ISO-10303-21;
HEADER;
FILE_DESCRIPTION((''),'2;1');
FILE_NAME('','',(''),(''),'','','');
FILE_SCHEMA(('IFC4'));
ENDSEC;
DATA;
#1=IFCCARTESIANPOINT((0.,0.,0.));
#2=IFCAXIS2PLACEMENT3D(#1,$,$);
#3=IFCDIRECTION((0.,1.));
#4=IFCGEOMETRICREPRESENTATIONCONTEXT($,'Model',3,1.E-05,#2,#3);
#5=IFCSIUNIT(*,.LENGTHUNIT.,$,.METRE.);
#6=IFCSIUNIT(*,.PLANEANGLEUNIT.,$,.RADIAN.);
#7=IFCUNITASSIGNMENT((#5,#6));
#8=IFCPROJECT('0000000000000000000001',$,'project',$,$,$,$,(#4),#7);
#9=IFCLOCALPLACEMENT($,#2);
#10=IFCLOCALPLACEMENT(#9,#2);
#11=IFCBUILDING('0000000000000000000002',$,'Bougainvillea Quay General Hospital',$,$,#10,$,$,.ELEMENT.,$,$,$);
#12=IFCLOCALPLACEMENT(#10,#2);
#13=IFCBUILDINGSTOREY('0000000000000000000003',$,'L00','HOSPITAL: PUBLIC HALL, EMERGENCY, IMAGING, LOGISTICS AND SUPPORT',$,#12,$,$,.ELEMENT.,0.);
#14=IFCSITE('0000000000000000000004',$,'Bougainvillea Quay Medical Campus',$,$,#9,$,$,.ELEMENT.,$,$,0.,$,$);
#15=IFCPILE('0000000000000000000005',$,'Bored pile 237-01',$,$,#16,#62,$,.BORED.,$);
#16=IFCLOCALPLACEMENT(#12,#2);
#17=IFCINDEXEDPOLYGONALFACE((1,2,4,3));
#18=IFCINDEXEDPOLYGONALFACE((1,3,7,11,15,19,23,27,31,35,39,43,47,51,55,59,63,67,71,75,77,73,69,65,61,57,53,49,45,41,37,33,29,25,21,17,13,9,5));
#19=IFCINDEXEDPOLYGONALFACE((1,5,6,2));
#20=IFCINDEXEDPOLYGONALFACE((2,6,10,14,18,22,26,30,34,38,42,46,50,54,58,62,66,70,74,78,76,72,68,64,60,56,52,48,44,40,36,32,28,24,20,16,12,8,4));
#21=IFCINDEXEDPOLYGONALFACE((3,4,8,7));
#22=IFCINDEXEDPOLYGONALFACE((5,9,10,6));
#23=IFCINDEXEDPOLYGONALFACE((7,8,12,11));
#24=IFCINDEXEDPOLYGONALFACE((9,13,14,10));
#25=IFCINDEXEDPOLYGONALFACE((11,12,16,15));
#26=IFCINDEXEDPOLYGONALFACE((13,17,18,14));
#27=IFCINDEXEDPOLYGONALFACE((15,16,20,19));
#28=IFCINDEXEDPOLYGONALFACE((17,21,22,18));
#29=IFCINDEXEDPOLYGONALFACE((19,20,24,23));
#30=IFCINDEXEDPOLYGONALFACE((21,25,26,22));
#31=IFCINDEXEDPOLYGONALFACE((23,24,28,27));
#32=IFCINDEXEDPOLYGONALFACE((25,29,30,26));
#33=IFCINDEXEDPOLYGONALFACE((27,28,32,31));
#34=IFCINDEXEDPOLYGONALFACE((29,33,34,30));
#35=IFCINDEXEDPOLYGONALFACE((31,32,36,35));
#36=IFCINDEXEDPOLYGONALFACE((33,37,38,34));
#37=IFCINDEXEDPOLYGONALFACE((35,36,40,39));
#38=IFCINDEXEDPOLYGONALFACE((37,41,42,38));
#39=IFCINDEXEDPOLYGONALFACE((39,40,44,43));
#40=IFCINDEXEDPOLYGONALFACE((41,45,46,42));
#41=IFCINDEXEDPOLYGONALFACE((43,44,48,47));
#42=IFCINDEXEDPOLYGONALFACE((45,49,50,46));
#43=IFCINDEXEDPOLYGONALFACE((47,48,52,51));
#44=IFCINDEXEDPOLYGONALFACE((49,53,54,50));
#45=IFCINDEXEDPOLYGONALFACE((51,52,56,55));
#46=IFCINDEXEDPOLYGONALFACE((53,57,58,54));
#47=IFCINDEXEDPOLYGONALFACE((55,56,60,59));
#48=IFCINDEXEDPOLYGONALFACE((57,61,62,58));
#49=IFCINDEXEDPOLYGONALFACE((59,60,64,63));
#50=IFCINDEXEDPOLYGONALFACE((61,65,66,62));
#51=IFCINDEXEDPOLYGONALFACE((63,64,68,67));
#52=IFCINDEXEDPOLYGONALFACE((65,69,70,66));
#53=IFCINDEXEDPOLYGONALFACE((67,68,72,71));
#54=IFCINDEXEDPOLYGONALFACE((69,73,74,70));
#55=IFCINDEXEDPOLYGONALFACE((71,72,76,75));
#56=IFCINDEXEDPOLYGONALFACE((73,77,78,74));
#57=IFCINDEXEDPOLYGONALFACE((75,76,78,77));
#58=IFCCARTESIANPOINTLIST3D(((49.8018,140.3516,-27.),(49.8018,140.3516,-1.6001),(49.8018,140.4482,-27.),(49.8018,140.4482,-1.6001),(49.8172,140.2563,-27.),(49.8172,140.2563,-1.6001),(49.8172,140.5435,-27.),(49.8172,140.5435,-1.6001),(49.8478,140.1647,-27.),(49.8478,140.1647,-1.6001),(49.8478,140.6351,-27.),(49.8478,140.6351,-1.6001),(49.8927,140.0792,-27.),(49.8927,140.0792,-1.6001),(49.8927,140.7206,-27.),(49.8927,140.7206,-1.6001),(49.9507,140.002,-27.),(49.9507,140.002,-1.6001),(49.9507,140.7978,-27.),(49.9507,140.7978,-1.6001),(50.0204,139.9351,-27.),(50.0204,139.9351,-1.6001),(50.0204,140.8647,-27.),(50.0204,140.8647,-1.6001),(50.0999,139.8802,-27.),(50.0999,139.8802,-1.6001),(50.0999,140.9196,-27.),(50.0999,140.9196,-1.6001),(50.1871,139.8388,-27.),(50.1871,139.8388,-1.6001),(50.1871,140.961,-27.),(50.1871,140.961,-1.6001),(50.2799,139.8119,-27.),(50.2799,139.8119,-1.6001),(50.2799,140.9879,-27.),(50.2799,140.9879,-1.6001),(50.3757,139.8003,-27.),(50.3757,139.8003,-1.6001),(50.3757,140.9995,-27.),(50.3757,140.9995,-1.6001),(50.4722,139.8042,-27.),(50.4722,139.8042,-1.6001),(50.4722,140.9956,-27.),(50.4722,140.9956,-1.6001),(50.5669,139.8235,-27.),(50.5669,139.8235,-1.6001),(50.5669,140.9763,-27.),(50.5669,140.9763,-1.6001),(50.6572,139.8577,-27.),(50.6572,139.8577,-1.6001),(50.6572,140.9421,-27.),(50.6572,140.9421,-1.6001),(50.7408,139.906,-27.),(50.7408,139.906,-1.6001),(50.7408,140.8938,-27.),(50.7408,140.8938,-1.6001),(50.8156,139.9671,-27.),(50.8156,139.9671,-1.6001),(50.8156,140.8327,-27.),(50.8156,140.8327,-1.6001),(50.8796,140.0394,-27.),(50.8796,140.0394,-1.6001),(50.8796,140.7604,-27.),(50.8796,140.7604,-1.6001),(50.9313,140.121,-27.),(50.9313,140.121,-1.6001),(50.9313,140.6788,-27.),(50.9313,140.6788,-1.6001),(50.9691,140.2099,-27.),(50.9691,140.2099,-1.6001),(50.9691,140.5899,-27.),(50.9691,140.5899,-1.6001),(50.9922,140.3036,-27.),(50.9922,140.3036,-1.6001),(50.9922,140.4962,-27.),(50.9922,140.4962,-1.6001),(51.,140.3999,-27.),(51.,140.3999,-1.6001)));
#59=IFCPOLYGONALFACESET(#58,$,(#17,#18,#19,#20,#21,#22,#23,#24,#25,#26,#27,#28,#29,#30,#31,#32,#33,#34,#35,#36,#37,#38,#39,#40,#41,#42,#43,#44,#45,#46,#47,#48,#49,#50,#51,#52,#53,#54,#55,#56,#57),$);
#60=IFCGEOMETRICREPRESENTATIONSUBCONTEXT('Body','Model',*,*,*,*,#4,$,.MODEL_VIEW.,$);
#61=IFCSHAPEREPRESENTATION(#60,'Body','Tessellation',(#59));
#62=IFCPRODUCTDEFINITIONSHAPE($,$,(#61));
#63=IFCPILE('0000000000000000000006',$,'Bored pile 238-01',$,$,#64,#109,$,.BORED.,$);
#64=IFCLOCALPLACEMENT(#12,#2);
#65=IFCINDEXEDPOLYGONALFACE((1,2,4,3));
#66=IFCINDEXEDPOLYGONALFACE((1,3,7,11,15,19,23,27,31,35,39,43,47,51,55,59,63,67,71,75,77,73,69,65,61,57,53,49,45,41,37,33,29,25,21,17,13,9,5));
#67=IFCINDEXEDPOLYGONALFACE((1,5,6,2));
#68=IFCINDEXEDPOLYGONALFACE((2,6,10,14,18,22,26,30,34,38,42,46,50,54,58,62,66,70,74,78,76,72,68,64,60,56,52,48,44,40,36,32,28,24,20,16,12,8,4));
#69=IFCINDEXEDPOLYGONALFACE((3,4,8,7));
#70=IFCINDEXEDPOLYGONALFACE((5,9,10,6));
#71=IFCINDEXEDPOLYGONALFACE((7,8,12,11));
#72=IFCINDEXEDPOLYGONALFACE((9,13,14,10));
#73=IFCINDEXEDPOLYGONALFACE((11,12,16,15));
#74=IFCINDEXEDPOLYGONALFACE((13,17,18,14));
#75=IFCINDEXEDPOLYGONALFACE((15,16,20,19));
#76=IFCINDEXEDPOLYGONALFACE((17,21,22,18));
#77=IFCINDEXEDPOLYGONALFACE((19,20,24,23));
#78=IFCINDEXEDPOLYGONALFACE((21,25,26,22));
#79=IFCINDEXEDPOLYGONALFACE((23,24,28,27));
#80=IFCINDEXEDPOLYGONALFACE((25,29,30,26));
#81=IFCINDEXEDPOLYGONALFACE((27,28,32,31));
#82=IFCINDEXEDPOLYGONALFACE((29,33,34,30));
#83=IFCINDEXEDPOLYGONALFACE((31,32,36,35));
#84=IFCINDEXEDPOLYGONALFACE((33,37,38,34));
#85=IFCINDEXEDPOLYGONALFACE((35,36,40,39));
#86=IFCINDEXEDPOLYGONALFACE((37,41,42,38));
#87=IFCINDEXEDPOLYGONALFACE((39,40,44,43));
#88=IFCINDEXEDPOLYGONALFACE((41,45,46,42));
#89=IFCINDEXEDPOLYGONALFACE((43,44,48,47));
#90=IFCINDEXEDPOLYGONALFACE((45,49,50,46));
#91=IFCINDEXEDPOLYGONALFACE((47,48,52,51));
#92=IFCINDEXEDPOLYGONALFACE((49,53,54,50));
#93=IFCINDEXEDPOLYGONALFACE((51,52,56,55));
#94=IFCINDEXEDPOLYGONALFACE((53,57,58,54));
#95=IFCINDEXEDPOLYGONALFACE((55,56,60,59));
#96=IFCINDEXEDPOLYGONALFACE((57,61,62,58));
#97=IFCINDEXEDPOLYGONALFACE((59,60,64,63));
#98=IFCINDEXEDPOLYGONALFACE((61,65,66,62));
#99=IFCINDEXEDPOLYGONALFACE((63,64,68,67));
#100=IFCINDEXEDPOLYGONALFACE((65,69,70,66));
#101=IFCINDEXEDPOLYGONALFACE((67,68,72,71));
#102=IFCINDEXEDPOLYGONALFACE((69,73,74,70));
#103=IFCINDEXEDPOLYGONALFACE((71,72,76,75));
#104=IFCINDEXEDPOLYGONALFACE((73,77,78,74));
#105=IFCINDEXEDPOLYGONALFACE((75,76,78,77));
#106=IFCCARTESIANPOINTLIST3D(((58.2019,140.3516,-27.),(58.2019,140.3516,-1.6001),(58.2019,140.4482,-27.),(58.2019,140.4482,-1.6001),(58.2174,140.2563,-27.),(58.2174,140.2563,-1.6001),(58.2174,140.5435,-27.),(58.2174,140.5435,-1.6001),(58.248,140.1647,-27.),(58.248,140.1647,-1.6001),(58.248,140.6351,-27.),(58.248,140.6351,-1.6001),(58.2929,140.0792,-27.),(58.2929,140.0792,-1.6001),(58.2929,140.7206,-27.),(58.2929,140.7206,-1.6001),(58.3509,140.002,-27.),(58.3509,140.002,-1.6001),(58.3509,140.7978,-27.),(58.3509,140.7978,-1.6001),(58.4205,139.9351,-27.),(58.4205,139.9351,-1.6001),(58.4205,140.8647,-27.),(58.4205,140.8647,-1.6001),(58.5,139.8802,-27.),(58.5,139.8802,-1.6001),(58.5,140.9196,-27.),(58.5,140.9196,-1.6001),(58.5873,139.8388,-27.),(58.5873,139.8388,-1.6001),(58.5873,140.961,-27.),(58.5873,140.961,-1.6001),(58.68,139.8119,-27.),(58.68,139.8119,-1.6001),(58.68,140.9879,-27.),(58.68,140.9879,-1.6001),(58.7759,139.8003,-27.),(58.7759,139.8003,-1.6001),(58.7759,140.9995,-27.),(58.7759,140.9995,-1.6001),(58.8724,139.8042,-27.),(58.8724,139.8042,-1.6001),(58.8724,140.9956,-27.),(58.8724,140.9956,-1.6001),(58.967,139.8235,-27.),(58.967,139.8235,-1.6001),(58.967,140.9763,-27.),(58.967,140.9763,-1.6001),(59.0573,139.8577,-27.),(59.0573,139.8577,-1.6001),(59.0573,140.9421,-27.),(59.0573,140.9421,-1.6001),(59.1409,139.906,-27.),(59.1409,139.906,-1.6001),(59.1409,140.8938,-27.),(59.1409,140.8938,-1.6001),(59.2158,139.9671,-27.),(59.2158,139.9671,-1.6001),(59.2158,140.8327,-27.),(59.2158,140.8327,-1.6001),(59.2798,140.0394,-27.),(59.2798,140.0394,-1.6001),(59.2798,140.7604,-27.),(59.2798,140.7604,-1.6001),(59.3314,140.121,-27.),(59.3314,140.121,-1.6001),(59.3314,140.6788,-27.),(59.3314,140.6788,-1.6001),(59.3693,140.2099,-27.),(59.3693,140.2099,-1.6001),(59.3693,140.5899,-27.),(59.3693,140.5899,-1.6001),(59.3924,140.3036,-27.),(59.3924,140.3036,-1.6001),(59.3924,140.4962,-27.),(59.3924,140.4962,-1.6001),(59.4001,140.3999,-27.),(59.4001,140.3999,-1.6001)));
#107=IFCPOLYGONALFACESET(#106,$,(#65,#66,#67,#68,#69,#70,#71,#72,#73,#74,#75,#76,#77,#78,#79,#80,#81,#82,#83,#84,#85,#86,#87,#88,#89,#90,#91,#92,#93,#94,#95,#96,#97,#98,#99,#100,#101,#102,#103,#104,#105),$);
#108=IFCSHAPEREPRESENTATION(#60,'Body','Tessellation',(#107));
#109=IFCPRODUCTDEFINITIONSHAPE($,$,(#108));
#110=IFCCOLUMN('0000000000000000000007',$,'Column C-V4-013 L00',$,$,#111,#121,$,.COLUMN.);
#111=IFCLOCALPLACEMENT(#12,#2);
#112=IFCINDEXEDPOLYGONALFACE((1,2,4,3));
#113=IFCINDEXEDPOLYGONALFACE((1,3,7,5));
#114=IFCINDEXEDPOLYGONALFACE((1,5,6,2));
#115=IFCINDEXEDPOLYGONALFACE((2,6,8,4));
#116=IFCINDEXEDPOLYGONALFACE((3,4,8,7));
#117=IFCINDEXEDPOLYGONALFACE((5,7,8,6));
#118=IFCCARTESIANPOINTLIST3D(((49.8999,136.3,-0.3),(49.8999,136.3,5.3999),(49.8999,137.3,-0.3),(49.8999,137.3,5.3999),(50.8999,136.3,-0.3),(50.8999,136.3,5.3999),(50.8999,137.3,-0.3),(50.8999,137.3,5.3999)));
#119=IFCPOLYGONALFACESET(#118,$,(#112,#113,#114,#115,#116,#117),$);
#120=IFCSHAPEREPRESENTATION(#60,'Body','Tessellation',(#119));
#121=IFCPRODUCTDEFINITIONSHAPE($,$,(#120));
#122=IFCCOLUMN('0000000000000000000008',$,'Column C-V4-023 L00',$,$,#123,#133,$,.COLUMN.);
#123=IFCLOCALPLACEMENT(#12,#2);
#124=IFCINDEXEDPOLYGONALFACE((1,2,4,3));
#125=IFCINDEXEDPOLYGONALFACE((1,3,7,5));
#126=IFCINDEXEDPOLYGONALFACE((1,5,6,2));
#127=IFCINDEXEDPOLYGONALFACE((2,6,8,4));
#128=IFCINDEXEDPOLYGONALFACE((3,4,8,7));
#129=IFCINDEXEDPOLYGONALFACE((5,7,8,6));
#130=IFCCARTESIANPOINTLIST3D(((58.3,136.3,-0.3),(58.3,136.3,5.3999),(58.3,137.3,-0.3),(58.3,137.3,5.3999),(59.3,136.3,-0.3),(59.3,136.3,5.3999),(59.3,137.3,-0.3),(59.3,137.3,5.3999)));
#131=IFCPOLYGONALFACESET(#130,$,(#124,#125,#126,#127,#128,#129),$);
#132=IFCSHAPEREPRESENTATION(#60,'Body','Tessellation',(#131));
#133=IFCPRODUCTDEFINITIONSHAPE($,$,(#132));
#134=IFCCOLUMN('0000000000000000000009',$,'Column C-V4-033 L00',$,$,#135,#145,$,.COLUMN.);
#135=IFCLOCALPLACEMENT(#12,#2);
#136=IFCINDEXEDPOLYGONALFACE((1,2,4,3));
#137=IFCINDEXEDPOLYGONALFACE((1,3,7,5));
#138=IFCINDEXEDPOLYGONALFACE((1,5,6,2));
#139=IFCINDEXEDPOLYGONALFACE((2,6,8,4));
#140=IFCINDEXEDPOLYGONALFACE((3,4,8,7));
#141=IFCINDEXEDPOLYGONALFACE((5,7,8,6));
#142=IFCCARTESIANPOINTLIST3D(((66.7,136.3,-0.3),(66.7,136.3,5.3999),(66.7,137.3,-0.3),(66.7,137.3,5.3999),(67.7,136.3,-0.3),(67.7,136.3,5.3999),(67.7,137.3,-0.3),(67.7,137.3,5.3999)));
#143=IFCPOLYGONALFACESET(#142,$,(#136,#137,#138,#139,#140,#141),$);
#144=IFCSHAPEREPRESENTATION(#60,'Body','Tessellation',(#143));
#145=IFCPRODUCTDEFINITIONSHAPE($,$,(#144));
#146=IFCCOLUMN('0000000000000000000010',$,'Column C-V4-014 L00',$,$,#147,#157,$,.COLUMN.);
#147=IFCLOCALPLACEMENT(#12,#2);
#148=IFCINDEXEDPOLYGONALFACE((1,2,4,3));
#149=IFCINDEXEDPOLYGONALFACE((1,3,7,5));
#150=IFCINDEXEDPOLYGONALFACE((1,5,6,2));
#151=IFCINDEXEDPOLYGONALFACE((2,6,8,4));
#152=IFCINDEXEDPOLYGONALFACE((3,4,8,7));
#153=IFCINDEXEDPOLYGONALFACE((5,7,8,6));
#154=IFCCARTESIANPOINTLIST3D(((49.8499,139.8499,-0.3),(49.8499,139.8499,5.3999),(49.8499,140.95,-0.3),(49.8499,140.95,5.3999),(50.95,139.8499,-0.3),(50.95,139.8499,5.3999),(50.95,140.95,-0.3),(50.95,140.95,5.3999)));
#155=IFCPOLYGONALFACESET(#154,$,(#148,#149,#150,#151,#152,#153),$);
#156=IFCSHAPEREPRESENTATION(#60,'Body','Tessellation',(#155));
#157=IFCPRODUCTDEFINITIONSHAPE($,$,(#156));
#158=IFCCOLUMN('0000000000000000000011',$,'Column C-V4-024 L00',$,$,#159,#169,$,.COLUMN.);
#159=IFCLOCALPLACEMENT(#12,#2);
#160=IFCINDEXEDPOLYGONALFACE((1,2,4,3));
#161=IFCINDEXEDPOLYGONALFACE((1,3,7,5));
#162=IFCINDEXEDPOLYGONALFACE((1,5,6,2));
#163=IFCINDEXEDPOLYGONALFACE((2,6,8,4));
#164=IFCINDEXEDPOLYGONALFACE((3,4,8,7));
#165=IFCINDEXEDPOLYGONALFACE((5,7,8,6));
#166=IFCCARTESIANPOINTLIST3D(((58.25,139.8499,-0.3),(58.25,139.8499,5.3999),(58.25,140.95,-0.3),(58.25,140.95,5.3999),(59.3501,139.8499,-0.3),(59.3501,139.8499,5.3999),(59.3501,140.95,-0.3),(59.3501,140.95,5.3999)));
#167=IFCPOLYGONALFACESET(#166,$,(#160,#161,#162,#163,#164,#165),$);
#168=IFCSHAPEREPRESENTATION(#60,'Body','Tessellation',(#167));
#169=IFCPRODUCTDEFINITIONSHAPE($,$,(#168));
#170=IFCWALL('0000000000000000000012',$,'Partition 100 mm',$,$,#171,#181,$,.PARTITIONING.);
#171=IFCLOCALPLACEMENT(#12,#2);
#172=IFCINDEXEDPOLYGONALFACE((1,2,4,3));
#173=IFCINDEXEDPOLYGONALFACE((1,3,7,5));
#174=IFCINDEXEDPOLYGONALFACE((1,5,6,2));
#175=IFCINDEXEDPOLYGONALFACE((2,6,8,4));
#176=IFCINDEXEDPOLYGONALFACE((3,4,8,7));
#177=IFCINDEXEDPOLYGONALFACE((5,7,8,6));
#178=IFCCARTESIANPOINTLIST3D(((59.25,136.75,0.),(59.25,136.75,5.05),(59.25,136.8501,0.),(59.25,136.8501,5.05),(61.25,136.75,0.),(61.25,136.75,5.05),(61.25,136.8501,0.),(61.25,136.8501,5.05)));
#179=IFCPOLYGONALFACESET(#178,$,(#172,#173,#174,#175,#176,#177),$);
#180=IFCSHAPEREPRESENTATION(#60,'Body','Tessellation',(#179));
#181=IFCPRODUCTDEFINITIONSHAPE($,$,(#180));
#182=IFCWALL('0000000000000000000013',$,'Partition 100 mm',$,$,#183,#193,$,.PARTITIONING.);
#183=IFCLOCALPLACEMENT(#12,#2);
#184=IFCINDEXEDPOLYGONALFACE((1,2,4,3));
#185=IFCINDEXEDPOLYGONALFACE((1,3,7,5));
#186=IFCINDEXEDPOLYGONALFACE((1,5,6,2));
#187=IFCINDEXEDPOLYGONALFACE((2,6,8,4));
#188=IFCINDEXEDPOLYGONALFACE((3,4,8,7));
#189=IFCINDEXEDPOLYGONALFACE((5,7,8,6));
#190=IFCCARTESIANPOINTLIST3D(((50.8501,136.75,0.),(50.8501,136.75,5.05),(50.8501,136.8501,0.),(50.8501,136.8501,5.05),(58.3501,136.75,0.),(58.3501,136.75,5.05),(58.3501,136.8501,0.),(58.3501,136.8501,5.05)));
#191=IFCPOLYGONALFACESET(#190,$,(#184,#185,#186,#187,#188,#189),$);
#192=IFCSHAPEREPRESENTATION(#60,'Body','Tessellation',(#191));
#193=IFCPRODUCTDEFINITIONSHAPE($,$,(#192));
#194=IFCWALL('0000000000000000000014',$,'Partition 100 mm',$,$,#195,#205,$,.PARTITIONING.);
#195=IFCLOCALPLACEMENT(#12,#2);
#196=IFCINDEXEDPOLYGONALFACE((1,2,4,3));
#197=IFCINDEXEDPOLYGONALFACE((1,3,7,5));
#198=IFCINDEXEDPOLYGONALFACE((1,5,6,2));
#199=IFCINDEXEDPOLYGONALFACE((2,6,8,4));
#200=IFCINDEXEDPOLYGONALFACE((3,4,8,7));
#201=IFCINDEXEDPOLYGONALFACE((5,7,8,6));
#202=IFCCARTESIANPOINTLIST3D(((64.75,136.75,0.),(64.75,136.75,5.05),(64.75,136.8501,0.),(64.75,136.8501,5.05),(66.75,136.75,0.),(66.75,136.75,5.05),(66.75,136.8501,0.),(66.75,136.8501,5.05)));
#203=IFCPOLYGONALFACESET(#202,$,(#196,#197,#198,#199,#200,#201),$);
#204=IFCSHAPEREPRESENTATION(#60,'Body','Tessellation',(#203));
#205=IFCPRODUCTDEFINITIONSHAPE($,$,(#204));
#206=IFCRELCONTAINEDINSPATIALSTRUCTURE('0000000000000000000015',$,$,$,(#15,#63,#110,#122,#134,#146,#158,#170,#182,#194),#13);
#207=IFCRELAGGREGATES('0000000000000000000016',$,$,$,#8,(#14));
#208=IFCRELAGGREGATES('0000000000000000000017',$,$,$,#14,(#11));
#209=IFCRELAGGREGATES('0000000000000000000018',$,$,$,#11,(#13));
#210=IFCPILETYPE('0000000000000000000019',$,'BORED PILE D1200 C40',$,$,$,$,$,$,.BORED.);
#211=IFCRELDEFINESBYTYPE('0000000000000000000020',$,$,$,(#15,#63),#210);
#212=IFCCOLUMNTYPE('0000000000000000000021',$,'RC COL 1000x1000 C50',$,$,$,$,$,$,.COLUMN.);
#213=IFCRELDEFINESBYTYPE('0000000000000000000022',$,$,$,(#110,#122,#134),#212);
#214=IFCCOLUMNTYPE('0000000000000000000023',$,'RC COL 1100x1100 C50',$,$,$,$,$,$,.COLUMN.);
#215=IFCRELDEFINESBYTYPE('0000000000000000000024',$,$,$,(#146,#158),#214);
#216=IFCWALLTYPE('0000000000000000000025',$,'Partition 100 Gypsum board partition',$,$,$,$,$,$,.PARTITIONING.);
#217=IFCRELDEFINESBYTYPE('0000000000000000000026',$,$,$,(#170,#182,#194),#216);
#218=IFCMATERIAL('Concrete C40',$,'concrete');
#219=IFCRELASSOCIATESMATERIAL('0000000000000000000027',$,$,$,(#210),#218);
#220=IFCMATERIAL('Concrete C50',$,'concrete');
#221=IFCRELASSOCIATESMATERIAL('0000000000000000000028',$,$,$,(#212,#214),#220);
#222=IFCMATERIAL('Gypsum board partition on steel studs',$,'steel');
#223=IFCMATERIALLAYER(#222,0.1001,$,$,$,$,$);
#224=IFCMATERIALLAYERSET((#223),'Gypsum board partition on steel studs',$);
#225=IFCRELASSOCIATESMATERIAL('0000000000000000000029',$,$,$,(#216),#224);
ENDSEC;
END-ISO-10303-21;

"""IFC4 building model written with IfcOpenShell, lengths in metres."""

from ifc_helpers import new_model, si_unit, direction, frame, frame_2d, origin, origin_2d, place, context, subcontext, project, spatial, rectangle, circle, extrude, material, layer, layer_set, material_profile, profile_set, type_object, element, save


model = new_model("IFC4")

# Units and contexts
model_context = context("Model", 3, precision=1e-05, world=origin(), true_north=direction((0.0, 1.0)))
body_context = subcontext(model_context, "Body", "Model", "MODEL_VIEW")
ifc_project = project(units=[si_unit("LENGTHUNIT", "METRE"), si_unit("PLANEANGLEUNIT", "RADIAN")], contexts=[model_context])

# Site, building, storey
site_placement = place(None, origin())
site = spatial("IfcSite", under=ifc_project, at=site_placement, Name="Bougainvillea Quay Medical Campus", CompositionType="ELEMENT", RefElevation=0.0)
building_placement = place(site_placement, origin())
building = spatial("IfcBuilding", under=site, at=building_placement, Name="Bougainvillea Quay General Hospital", CompositionType="ELEMENT")
storey_placement = place(building_placement, origin())
storey = spatial("IfcBuildingStorey", under=building, at=storey_placement, Name="L00", Description="HOSPITAL: PUBLIC HALL, EMERGENCY, IMAGING, LOGISTICS AND SUPPORT", CompositionType="ELEMENT", Elevation=0.0)

# Piles
ifc_material_1 = material(Name="Concrete C40", Category="concrete")
ifc_material_profile_1 = material_profile(ifc_material_1, circle(Radius=0.6001, at=origin_2d()))
ifc_profile_set_1 = profile_set([ifc_material_profile_1], Name="Concrete C40")
pile_type = type_object("IfcPileType", Name="BORED PILE D1200 C40", PredefinedType="BORED", material=ifc_profile_set_1)
for number, where, z_axis, x_axis, name in (
    (1, (50.3999, 140.3999, -1.6001), (0.0, 0.0, -1.0), (1.0, 0.0, 0.0), "Bored pile 237-01"),
    (2, (58.8, 140.3999, -1.6001), (0.0, 0.0, -1.0), (1.0, 0.0, 0.0), "Bored pile 238-01"),
):
    element("IfcPile", number, at=place(storey_placement, frame(where, z_axis=z_axis, x_axis=x_axis)), inside=storey, type_object=pile_type, Name=name, PredefinedType="BORED", context=body_context, shape_type="SweptSolid", body=[
        extrude(circle(Radius=0.6001, at=origin_2d()), origin(), (0.0, 0.0, 1.0), 25.3999),
    ])

# Columns
ifc_material_2 = material(Name="Concrete C50", Category="concrete")
ifc_material_profile_2 = material_profile(ifc_material_2, rectangle(XDim=1.0, YDim=1.0, at=origin_2d()))
ifc_profile_set_2 = profile_set([ifc_material_profile_2], Name="Concrete C50")
column_type_1 = type_object("IfcColumnType", Name="RC COL 1000x1000 C50", PredefinedType="COLUMN", material=ifc_profile_set_2)
for number, where, z_axis, x_axis, name in (
    (3, (50.3999, 136.8, -0.3), (0.0, 0.0, 1.0), (1.0, 0.0, 0.0), "Column C-V4-013 L00"),
    (4, (58.8, 136.8, -0.3), (0.0, 0.0, 1.0), (1.0, 0.0, 0.0), "Column C-V4-023 L00"),
    (5, (67.2, 136.8, -0.3), (0.0, 0.0, 1.0), (1.0, 0.0, 0.0), "Column C-V4-033 L00"),
):
    element("IfcColumn", number, at=place(storey_placement, frame(where, z_axis=z_axis, x_axis=x_axis)), inside=storey, type_object=column_type_1, Name=name, PredefinedType="COLUMN", context=body_context, shape_type="SweptSolid", body=[
        extrude(rectangle(XDim=1.0, YDim=1.0, at=origin_2d()), origin(), (0.0, 0.0, 1.0), 5.7),
    ])
ifc_material_profile_3 = material_profile(ifc_material_2, rectangle(XDim=1.1001, YDim=1.1001, at=origin_2d()))
ifc_profile_set_3 = profile_set([ifc_material_profile_3], Name="Concrete C50")
column_type_2 = type_object("IfcColumnType", Name="RC COL 1100x1100 C50", PredefinedType="COLUMN", material=ifc_profile_set_3)
for number, where, z_axis, x_axis, name in (
    (6, (50.3999, 140.3999, -0.3), (0.0, 0.0, 1.0), (1.0, 0.0, 0.0), "Column C-V4-014 L00"),
    (7, (58.8, 140.3999, -0.3), (0.0, 0.0, 1.0), (1.0, 0.0, 0.0), "Column C-V4-024 L00"),
):
    element("IfcColumn", number, at=place(storey_placement, frame(where, z_axis=z_axis, x_axis=x_axis)), inside=storey, type_object=column_type_2, Name=name, PredefinedType="COLUMN", context=body_context, shape_type="SweptSolid", body=[
        extrude(rectangle(XDim=1.1001, YDim=1.1001, at=origin_2d()), origin(), (0.0, 0.0, 1.0), 5.7),
    ])

# Walls
ifc_material_3 = material(Name="Gypsum board partition on steel studs", Category="steel")
ifc_layer_1 = layer(ifc_material_3, 0.1001)
ifc_layer_set_1 = layer_set([ifc_layer_1], Name="Gypsum board partition on steel studs")
wall_type_1 = type_object("IfcWallType", Name="Partition 100 Gypsum board partition", PredefinedType="PARTITIONING", material=ifc_layer_set_1)
wall_1_placement = place(storey_placement, frame((61.25, 136.8, 0.0), z_axis=(0.0, 0.0, 1.0), x_axis=(-1.0, 0.0, 0.0)))
element("IfcWall", 8, at=wall_1_placement, inside=storey, type_object=wall_type_1, Name="Partition 100 mm", PredefinedType="PARTITIONING", context=body_context, shape_type="SweptSolid", body=[
    extrude(rectangle(XDim=2.0, YDim=0.1001, at=frame_2d((1.0, 0.0))), origin(), (0.0, 0.0, 1.0), 5.05),
])
wall_2_placement = place(storey_placement, frame((58.3501, 136.8, 0.0), z_axis=(0.0, 0.0, 1.0), x_axis=(-1.0, 0.0, 0.0)))
element("IfcWall", 9, at=wall_2_placement, inside=storey, type_object=wall_type_1, Name="Partition 100 mm", PredefinedType="PARTITIONING", context=body_context, shape_type="SweptSolid", body=[
    extrude(rectangle(XDim=7.5, YDim=0.1001, at=frame_2d((3.75, 0.0))), origin(), (0.0, 0.0, 1.0), 5.05),
])
wall_3_placement = place(storey_placement, frame((66.75, 136.8, 0.0), z_axis=(0.0, 0.0, 1.0), x_axis=(-1.0, 0.0, 0.0)))
element("IfcWall", 10, at=wall_3_placement, inside=storey, type_object=wall_type_1, Name="Partition 100 mm", PredefinedType="PARTITIONING", context=body_context, shape_type="SweptSolid", body=[
    extrude(rectangle(XDim=2.0, YDim=0.1001, at=frame_2d((1.0, 0.0))), origin(), (0.0, 0.0, 1.0), 5.05),
])

save(model, "model.ifc")
